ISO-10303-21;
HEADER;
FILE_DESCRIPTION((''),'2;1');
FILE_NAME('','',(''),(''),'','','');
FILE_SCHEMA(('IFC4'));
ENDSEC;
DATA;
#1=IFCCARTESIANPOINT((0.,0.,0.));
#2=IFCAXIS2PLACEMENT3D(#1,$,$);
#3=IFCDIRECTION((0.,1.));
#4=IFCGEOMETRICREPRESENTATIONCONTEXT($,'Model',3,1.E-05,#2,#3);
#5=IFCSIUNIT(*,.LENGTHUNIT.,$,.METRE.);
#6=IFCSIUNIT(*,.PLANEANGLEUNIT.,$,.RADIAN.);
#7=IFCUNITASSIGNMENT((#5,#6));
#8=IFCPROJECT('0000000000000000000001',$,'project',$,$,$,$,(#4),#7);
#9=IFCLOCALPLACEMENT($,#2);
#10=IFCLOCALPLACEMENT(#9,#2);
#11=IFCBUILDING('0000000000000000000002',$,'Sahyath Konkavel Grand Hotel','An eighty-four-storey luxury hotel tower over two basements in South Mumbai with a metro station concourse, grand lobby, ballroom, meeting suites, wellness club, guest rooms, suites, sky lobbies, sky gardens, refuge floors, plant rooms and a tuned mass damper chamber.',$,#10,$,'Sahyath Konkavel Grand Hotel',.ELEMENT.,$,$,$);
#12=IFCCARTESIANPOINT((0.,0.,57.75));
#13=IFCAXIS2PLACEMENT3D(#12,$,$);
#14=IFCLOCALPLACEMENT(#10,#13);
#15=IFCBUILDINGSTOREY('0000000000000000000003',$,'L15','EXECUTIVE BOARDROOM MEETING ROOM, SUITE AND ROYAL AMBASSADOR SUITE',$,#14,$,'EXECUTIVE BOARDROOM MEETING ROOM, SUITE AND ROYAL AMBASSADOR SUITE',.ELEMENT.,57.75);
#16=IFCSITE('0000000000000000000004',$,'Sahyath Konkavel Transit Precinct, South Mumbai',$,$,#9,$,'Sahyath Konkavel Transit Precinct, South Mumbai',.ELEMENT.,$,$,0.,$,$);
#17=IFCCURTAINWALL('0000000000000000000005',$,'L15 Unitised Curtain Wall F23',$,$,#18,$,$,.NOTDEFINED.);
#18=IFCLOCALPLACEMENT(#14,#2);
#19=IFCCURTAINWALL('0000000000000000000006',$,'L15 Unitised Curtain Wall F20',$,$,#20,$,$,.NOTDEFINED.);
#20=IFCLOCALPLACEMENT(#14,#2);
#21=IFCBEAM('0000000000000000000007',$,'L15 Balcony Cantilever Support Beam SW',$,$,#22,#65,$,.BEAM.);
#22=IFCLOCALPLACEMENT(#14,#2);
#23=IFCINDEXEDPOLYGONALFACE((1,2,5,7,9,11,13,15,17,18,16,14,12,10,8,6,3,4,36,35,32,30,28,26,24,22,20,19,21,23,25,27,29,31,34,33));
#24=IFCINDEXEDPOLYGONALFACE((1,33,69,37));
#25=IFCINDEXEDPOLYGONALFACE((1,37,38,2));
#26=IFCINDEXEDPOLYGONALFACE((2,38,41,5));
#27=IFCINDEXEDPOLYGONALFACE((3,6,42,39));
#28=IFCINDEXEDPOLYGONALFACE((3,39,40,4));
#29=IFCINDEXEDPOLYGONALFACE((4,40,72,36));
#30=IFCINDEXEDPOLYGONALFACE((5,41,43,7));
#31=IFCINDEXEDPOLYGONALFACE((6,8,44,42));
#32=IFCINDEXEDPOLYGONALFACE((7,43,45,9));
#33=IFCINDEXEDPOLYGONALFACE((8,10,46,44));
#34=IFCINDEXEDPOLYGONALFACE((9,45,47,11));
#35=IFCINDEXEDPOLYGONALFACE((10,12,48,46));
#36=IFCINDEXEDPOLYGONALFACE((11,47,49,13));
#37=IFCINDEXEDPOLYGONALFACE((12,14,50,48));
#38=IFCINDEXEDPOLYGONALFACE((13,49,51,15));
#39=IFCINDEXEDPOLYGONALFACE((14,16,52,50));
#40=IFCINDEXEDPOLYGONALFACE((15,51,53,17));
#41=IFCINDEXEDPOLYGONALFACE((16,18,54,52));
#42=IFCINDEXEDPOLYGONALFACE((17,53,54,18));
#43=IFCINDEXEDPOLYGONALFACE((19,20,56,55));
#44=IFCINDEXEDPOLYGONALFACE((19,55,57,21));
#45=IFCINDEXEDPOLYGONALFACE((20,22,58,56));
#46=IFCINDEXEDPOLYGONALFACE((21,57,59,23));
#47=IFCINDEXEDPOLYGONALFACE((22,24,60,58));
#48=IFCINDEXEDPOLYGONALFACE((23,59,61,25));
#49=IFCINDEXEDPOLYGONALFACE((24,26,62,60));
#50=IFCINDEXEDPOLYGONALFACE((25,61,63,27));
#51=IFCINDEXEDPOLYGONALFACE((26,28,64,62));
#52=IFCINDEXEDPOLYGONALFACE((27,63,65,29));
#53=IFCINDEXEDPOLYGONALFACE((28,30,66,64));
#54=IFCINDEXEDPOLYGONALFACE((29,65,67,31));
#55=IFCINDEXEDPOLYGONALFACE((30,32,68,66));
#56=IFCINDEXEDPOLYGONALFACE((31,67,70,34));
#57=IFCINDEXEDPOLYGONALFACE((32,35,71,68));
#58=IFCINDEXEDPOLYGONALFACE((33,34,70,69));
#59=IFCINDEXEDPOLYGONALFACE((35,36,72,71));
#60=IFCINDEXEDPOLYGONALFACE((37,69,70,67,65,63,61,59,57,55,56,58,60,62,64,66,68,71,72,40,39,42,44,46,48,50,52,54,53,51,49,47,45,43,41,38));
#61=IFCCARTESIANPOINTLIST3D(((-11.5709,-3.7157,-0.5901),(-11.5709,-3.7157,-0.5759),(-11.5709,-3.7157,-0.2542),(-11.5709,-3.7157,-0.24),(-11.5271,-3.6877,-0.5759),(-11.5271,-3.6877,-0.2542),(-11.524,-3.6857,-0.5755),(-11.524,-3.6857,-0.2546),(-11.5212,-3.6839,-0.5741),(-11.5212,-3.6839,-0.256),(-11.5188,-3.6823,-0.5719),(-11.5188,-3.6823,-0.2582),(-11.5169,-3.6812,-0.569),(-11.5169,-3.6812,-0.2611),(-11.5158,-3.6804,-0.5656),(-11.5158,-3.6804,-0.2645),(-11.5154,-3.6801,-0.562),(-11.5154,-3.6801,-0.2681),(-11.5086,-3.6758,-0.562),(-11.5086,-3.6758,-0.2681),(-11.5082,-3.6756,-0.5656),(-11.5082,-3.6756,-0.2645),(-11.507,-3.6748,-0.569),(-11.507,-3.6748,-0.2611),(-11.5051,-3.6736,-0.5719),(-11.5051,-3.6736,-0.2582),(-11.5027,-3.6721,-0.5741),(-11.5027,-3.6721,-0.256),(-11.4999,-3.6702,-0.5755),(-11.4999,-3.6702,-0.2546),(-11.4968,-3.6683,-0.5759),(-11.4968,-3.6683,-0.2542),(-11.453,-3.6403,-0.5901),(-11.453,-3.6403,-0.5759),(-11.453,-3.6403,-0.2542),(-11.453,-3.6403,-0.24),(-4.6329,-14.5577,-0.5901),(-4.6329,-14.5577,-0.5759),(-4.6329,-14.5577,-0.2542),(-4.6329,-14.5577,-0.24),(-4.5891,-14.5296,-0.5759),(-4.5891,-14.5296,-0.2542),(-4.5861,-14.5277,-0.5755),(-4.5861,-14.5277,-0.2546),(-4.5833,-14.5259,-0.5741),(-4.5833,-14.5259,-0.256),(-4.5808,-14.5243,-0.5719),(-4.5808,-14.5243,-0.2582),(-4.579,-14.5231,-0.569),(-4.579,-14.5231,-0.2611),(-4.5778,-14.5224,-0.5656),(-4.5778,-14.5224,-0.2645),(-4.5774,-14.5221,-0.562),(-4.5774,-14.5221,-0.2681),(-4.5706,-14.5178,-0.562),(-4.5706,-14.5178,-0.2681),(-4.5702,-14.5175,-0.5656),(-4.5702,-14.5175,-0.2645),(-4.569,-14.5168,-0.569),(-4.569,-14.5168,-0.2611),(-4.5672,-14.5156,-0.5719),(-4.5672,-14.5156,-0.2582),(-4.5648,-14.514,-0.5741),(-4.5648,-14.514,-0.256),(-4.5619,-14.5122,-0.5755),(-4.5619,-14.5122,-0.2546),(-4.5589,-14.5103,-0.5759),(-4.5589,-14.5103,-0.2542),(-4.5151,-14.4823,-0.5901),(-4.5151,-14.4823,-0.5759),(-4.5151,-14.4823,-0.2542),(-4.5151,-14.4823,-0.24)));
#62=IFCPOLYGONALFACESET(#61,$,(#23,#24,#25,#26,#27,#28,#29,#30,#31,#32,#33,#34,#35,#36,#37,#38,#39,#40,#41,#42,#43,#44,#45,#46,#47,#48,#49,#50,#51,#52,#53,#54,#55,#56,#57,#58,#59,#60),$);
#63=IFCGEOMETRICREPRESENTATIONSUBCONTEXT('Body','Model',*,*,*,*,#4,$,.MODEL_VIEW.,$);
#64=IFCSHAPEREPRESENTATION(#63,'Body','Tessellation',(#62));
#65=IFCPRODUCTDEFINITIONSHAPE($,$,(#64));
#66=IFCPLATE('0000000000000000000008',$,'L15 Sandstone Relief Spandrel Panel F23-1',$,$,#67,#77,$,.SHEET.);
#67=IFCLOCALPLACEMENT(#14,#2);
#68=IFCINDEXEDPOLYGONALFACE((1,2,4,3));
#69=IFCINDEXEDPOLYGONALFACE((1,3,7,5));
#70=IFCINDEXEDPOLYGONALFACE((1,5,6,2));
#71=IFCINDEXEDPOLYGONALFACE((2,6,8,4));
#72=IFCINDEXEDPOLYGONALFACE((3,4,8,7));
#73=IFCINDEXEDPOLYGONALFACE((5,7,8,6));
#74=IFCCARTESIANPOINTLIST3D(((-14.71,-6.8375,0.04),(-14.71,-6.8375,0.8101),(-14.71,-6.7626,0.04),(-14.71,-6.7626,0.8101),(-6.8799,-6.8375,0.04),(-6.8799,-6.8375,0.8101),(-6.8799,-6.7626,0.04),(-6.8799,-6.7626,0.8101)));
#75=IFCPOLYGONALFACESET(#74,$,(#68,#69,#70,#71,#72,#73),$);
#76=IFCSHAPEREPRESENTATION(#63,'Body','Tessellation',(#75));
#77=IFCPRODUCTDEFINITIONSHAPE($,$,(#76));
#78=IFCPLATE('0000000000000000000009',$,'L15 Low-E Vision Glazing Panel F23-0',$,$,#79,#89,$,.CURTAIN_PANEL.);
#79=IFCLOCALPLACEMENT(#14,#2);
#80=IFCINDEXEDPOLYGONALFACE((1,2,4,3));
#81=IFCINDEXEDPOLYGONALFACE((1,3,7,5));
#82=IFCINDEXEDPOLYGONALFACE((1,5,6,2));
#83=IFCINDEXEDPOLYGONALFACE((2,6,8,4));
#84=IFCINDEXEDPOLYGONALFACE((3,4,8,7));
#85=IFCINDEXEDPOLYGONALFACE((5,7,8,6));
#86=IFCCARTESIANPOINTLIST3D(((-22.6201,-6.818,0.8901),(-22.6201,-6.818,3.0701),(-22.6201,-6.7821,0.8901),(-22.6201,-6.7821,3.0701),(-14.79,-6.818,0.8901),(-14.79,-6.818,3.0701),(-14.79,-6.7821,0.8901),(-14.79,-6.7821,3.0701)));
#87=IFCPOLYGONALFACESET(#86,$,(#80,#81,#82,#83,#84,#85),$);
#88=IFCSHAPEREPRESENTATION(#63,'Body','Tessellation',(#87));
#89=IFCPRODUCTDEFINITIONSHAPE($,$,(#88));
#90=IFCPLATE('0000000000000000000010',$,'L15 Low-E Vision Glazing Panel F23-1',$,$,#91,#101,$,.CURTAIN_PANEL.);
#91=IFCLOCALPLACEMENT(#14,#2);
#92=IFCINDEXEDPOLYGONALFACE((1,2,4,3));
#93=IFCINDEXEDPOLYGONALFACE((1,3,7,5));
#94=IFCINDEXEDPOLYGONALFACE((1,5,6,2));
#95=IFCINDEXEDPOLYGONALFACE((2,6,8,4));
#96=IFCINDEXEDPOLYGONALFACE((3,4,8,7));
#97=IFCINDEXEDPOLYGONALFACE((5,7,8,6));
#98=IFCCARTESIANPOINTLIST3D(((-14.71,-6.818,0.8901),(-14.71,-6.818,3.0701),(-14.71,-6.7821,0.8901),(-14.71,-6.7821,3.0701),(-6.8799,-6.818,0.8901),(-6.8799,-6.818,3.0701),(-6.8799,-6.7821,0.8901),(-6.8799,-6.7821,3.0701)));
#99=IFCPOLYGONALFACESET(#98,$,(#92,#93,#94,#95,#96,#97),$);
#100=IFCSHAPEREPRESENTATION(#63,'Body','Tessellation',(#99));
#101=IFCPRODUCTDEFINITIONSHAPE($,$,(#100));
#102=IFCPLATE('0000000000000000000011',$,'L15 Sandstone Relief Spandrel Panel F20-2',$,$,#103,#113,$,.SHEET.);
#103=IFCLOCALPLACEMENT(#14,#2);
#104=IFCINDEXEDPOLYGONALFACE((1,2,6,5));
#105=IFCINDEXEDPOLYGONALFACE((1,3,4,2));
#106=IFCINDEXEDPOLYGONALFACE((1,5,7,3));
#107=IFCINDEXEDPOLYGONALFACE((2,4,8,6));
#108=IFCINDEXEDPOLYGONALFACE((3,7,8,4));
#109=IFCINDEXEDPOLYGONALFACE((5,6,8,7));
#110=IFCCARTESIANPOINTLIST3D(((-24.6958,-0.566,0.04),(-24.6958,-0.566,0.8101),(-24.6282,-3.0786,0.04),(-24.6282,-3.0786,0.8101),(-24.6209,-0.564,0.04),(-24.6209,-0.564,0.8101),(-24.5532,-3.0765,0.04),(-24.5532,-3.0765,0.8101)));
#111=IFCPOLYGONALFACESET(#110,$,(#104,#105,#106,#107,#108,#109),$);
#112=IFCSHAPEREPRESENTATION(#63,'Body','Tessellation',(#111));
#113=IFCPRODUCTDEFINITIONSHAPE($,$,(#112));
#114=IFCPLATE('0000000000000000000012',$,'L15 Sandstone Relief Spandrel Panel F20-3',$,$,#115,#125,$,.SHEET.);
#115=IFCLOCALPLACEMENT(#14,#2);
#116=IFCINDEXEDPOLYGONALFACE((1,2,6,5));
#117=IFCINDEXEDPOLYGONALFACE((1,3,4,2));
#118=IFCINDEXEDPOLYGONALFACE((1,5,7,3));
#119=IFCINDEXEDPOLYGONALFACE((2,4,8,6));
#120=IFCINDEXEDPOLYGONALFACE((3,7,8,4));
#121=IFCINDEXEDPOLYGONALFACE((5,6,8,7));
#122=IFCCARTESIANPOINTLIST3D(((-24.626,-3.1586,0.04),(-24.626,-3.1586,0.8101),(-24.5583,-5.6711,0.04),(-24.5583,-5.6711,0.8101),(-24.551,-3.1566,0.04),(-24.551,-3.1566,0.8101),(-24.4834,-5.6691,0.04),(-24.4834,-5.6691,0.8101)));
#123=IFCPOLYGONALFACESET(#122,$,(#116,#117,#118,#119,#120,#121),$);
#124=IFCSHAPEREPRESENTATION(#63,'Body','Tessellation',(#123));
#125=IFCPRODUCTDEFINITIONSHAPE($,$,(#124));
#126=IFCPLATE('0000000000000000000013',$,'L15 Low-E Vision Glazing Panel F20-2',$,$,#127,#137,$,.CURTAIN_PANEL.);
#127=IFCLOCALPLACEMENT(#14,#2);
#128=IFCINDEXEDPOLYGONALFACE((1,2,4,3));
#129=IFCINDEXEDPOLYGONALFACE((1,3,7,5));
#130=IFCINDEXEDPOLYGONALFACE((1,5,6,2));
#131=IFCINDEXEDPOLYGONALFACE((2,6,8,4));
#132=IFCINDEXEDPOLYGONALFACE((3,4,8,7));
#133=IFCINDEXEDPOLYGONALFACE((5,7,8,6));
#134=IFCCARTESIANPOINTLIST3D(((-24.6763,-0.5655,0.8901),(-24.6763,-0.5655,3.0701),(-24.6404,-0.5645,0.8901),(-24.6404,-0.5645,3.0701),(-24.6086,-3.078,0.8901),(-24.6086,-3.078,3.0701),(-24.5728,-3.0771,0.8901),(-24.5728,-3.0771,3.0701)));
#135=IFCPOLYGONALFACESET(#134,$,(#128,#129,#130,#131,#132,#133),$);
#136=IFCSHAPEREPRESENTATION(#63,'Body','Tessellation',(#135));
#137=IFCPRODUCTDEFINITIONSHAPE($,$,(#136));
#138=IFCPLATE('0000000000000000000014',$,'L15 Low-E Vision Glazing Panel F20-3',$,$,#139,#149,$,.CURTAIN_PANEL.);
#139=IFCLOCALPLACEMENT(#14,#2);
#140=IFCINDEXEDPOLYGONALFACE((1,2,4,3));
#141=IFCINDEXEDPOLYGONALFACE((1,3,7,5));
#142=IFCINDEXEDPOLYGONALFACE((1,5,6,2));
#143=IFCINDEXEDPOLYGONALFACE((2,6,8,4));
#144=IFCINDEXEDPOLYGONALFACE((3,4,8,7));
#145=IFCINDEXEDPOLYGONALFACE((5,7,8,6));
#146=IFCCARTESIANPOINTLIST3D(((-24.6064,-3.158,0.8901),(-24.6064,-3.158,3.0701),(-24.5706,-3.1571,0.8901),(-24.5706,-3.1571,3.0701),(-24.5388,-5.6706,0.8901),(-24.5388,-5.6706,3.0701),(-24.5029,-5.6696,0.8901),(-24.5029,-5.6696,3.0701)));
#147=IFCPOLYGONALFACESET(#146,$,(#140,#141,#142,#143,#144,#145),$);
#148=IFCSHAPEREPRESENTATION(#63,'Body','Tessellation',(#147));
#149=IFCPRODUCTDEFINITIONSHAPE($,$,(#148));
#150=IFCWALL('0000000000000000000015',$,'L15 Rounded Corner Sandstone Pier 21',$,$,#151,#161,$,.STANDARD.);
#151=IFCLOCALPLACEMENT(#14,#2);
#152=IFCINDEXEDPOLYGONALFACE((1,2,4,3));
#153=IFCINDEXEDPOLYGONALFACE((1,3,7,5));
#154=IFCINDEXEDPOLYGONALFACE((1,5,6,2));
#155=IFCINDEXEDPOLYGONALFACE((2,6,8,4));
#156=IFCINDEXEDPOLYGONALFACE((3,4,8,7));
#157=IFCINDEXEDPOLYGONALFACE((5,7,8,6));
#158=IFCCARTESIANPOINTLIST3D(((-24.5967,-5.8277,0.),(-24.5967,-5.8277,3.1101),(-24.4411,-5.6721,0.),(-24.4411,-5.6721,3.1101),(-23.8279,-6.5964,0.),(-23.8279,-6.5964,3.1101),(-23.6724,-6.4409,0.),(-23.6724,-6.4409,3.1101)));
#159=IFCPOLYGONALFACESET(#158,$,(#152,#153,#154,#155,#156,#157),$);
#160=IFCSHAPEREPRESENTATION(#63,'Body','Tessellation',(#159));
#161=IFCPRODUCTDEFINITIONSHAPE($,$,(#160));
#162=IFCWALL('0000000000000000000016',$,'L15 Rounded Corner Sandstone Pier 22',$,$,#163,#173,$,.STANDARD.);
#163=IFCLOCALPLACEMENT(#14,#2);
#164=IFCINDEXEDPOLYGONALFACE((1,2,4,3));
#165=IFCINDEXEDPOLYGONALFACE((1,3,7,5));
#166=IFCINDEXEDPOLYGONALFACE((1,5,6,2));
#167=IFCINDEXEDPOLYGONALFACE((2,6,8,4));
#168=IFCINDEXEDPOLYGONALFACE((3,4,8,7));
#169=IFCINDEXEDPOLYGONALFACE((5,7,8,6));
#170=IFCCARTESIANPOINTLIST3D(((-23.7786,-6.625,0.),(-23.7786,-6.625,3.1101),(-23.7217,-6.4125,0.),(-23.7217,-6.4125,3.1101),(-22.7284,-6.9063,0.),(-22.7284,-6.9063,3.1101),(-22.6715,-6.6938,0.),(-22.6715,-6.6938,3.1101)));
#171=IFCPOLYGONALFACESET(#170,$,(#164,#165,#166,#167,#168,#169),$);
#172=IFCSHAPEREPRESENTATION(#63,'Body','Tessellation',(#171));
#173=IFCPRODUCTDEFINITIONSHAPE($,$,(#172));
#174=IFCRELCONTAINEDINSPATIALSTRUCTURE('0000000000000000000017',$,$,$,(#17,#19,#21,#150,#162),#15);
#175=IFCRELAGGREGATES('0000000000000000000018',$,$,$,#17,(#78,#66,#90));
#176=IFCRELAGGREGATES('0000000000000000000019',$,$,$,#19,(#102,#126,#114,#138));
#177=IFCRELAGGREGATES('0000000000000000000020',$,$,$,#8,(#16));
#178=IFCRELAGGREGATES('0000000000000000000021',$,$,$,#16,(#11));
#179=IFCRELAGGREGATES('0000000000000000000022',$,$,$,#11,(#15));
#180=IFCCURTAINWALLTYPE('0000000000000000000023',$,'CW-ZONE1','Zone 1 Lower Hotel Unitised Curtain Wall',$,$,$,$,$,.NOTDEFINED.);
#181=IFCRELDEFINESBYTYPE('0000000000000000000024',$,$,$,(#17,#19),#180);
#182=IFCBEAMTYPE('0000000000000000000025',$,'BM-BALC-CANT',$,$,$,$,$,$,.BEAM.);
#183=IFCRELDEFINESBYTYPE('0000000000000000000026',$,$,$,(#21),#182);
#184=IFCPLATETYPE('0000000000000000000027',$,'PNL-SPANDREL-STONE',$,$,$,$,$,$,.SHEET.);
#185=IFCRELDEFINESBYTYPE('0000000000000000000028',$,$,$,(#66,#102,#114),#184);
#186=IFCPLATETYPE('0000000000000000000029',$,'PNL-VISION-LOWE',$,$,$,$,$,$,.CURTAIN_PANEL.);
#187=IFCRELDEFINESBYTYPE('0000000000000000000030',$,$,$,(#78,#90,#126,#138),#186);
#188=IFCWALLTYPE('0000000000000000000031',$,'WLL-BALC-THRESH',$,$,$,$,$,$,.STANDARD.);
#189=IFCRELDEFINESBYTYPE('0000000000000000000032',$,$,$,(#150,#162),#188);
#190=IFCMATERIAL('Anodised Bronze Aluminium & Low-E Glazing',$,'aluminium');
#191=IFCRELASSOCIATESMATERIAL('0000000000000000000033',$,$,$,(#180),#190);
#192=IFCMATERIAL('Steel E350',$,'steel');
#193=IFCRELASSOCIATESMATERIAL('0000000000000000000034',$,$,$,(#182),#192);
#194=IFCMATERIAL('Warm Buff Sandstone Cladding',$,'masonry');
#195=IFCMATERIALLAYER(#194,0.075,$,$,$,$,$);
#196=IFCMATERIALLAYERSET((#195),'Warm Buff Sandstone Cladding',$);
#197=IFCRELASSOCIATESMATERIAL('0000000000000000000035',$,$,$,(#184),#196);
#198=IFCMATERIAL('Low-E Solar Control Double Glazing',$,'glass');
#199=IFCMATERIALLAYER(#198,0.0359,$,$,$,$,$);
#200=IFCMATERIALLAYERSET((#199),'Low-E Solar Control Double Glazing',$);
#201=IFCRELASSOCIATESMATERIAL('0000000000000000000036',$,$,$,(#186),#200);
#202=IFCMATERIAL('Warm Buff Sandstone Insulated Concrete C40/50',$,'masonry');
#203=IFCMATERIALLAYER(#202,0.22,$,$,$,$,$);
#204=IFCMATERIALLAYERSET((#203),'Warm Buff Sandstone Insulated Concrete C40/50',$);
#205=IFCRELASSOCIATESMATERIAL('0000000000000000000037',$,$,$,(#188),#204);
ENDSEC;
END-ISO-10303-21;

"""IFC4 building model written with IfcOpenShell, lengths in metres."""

from ifc_helpers import new_model, si_unit, direction, frame, frame_2d, origin, origin_2d, place, context, subcontext, project, spatial, rectangle, i_section, extrude, source, transform, mapped, material, layer, layer_set, material_profile, profile_set, type_object, element, aggregate, save


model = new_model("IFC4")

# Units and contexts
model_context = context("Model", 3, precision=1e-05, world=origin(), true_north=direction((0.0, 1.0)))
body_context = subcontext(model_context, "Body", "Model", "MODEL_VIEW")
ifc_project = project(units=[si_unit("LENGTHUNIT", "METRE"), si_unit("PLANEANGLEUNIT", "RADIAN")], contexts=[model_context])

# Site, building, storey
site_placement = place(None, origin())
site = spatial("IfcSite", under=ifc_project, at=site_placement, Name="Sahyath Konkavel Transit Precinct, South Mumbai", LongName="Sahyath Konkavel Transit Precinct, South Mumbai", CompositionType="ELEMENT", RefElevation=0.0)
building_placement = place(site_placement, origin())
building = spatial("IfcBuilding", under=site, at=building_placement, Name="Sahyath Konkavel Grand Hotel", Description="An eighty-four-storey luxury hotel tower over two basements in South Mumbai with a metro station concourse, grand lobby, ballroom, meeting suites, wellness club, guest rooms, suites, sky lobbies, sky gardens, refuge floors, plant rooms and a tuned mass damper chamber.", LongName="Sahyath Konkavel Grand Hotel", CompositionType="ELEMENT")
storey_placement = place(building_placement, frame((0.0, 0.0, 57.75)))
storey = spatial("IfcBuildingStorey", under=building, at=storey_placement, Name="L15", Description="EXECUTIVE BOARDROOM MEETING ROOM, SUITE AND ROYAL AMBASSADOR SUITE", LongName="EXECUTIVE BOARDROOM MEETING ROOM, SUITE AND ROYAL AMBASSADOR SUITE", CompositionType="ELEMENT", Elevation=57.75)

# Shared definitions
ifc_material_1 = material(Name="Steel E350", Category="steel")

# Curtain wall
ifc_material_2 = material(Name="Anodised Bronze Aluminium & Low-E Glazing", Category="aluminium")
curtain_wall_type = type_object("IfcCurtainWallType", Name="CW-ZONE1", Description="Zone 1 Lower Hotel Unitised Curtain Wall", PredefinedType="NOTDEFINED", material=ifc_material_2)
curtain_wall_1_placement = place(storey_placement, origin())
curtain_wall_1 = element("IfcCurtainWall", 1, at=curtain_wall_1_placement, inside=storey, type_object=curtain_wall_type, Name="L15 Unitised Curtain Wall F23", PredefinedType="NOTDEFINED")

# Curtain wall
curtain_wall_2_placement = place(storey_placement, origin())
curtain_wall_2 = element("IfcCurtainWall", 2, at=curtain_wall_2_placement, inside=storey, type_object=curtain_wall_type, Name="L15 Unitised Curtain Wall F20", PredefinedType="NOTDEFINED")

# Beam
ifc_material_profile_1 = material_profile(ifc_material_1, i_section(OverallWidth=0.1399, OverallDepth=0.3501, WebThickness=0.0081, FlangeThickness=0.0142, FilletRadius=0.0139, at=origin_2d()), Name="ISMB 350")
ifc_profile_set_1 = profile_set([ifc_material_profile_1], Name="Steel E350")
beam_type_1 = type_object("IfcBeamType", Name="BM-BALC-CANT", PredefinedType="BEAM", material=ifc_profile_set_1)
shared_shape_1 = source(origin(), body_context, "Body", "SweptSolid", [
    extrude(i_section(OverallWidth=0.1399, OverallDepth=0.3501, WebThickness=0.0081, FlangeThickness=0.0142, FilletRadius=0.0139, at=origin_2d()), origin(), (0.0, 0.0, 1.0), 12.8718),
])
beam_1_placement = place(storey_placement, frame((-11.512, -3.678, -0.415), z_axis=(0.539003, -0.842304, 0.0), x_axis=(0.842304, 0.539003, 0.0)))
element("IfcBeam", 3, at=beam_1_placement, inside=storey, type_object=beam_type_1, Name="L15 Balcony Cantilever Support Beam SW", PredefinedType="BEAM", context=body_context, shape_type="MappedRepresentation", body=[
    mapped(shared_shape_1, transform((0.0, 0.0, 0.0), scale=1.0)),
])

# Plates
ifc_material_3 = material(Name="Warm Buff Sandstone Cladding", Category="masonry")
ifc_layer_1 = layer(ifc_material_3, 0.075)
ifc_layer_set_1 = layer_set([ifc_layer_1], Name="Warm Buff Sandstone Cladding")
plate_type_1 = type_object("IfcPlateType", Name="PNL-SPANDREL-STONE", PredefinedType="SHEET", material=ifc_layer_set_1)
shared_shape_2 = source(origin(), body_context, "Body", "SweptSolid", [
    extrude(rectangle(XDim=7.8301, YDim=0.075, at=origin_2d()), origin(), (0.0, 0.0, 1.0), 0.77),
])
plate_1_placement = place(storey_placement, frame((-10.7949, -6.8, 0.04), z_axis=(0.0, 0.0, 1.0), x_axis=(1.0, 0.0, 0.0)))
plate_1 = element("IfcPlate", 4, at=plate_1_placement, type_object=plate_type_1, Name="L15 Sandstone Relief Spandrel Panel F23-1", PredefinedType="SHEET", context=body_context, shape_type="MappedRepresentation", body=[
    mapped(shared_shape_2, transform((0.0, 0.0, 0.0), scale=1.0)),
])
ifc_material_4 = material(Name="Low-E Solar Control Double Glazing", Category="glass")
ifc_layer_2 = layer(ifc_material_4, 0.0359)
ifc_layer_set_2 = layer_set([ifc_layer_2], Name="Low-E Solar Control Double Glazing")
plate_type_2 = type_object("IfcPlateType", Name="PNL-VISION-LOWE", PredefinedType="CURTAIN_PANEL", material=ifc_layer_set_2)
shared_shape_3 = source(origin(), body_context, "Body", "SweptSolid", [
    extrude(rectangle(XDim=7.8301, YDim=0.0359, at=origin_2d()), origin(), (0.0, 0.0, 1.0), 2.1799),
])
plate_2_placement = place(storey_placement, frame((-18.7051, -6.8, 0.8901), z_axis=(0.0, 0.0, 1.0), x_axis=(1.0, 0.0, 0.0)))
plate_2 = element("IfcPlate", 5, at=plate_2_placement, type_object=plate_type_2, Name="L15 Low-E Vision Glazing Panel F23-0", PredefinedType="CURTAIN_PANEL", context=body_context, shape_type="MappedRepresentation", body=[
    mapped(shared_shape_3, transform((0.0, 0.0, 0.0), scale=1.0)),
])
plate_3_placement = place(storey_placement, frame((-10.7949, -6.8, 0.8901), z_axis=(0.0, 0.0, 1.0), x_axis=(1.0, 0.0, 0.0)))
plate_3 = element("IfcPlate", 6, at=plate_3_placement, type_object=plate_type_2, Name="L15 Low-E Vision Glazing Panel F23-1", PredefinedType="CURTAIN_PANEL", context=body_context, shape_type="MappedRepresentation", body=[
    mapped(shared_shape_3, transform((0.0, 0.0, 0.0), scale=1.0)),
])
aggregate(curtain_wall_1, [plate_2, plate_1, plate_3])
shared_shape_4 = source(origin(), body_context, "Body", "SweptSolid", [
    extrude(rectangle(XDim=2.5134, YDim=0.075, at=origin_2d()), origin(), (0.0, 0.0, 1.0), 0.77),
])
plate_4_placement = place(storey_placement, frame((-24.6245, -1.8213, 0.04), z_axis=(0.0, 0.0, 1.0), x_axis=(0.02691, -0.999638, 0.0)))
plate_4 = element("IfcPlate", 7, at=plate_4_placement, type_object=plate_type_1, Name="L15 Sandstone Relief Spandrel Panel F20-2", PredefinedType="SHEET", context=body_context, shape_type="MappedRepresentation", body=[
    mapped(shared_shape_4, transform((0.0, 0.0, 0.0), scale=1.0)),
])
plate_5_placement = place(storey_placement, frame((-24.5547, -4.4138, 0.04), z_axis=(0.0, 0.0, 1.0), x_axis=(0.02691, -0.999638, 0.0)))
plate_5 = element("IfcPlate", 8, at=plate_5_placement, type_object=plate_type_1, Name="L15 Sandstone Relief Spandrel Panel F20-3", PredefinedType="SHEET", context=body_context, shape_type="MappedRepresentation", body=[
    mapped(shared_shape_4, transform((0.0, 0.0, 0.0), scale=1.0)),
])
shared_shape_5 = source(origin(), body_context, "Body", "SweptSolid", [
    extrude(rectangle(XDim=2.5134, YDim=0.0359, at=origin_2d()), origin(), (0.0, 0.0, 1.0), 2.1799),
])
plate_6_placement = place(storey_placement, frame((-24.6245, -1.8213, 0.8901), z_axis=(0.0, 0.0, 1.0), x_axis=(0.02691, -0.999638, 0.0)))
plate_6 = element("IfcPlate", 9, at=plate_6_placement, type_object=plate_type_2, Name="L15 Low-E Vision Glazing Panel F20-2", PredefinedType="CURTAIN_PANEL", context=body_context, shape_type="MappedRepresentation", body=[
    mapped(shared_shape_5, transform((0.0, 0.0, 0.0), scale=1.0)),
])
plate_7_placement = place(storey_placement, frame((-24.5547, -4.4138, 0.8901), z_axis=(0.0, 0.0, 1.0), x_axis=(0.02691, -0.999638, 0.0)))
plate_7 = element("IfcPlate", 10, at=plate_7_placement, type_object=plate_type_2, Name="L15 Low-E Vision Glazing Panel F20-3", PredefinedType="CURTAIN_PANEL", context=body_context, shape_type="MappedRepresentation", body=[
    mapped(shared_shape_5, transform((0.0, 0.0, 0.0), scale=1.0)),
])
aggregate(curtain_wall_2, [plate_4, plate_6, plate_5, plate_7])

# Walls
ifc_material_5 = material(Name="Warm Buff Sandstone Insulated Concrete C40/50", Category="masonry")
ifc_layer_3 = layer(ifc_material_5, 0.22)
ifc_layer_set_3 = layer_set([ifc_layer_3], Name="Warm Buff Sandstone Insulated Concrete C40/50")
wall_type_1 = type_object("IfcWallType", Name="WLL-BALC-THRESH", PredefinedType="STANDARD", material=ifc_layer_set_3)
for number, where, z_axis, x_axis, name in (
    (11, (-24.5188, -5.75, 0.0), (0.0, 0.0, 1.0), (0.707107, -0.707107, 0.0), "L15 Rounded Corner Sandstone Pier 21"),
    (12, (-23.75, -6.5188, 0.0), (0.0, 0.0, 1.0), (0.965951, -0.258725, 0.0), "L15 Rounded Corner Sandstone Pier 22"),
):
    element("IfcWall", number, at=place(storey_placement, frame(where, z_axis=z_axis, x_axis=x_axis)), inside=storey, type_object=wall_type_1, Name=name, PredefinedType="STANDARD", context=body_context, shape_type="SweptSolid", body=[
        extrude(rectangle(XDim=1.0872, YDim=0.22, at=frame_2d((0.5435, 0.0))), origin(), (0.0, 0.0, 1.0), 3.1101),
    ])

save(model, "model.ifc")
